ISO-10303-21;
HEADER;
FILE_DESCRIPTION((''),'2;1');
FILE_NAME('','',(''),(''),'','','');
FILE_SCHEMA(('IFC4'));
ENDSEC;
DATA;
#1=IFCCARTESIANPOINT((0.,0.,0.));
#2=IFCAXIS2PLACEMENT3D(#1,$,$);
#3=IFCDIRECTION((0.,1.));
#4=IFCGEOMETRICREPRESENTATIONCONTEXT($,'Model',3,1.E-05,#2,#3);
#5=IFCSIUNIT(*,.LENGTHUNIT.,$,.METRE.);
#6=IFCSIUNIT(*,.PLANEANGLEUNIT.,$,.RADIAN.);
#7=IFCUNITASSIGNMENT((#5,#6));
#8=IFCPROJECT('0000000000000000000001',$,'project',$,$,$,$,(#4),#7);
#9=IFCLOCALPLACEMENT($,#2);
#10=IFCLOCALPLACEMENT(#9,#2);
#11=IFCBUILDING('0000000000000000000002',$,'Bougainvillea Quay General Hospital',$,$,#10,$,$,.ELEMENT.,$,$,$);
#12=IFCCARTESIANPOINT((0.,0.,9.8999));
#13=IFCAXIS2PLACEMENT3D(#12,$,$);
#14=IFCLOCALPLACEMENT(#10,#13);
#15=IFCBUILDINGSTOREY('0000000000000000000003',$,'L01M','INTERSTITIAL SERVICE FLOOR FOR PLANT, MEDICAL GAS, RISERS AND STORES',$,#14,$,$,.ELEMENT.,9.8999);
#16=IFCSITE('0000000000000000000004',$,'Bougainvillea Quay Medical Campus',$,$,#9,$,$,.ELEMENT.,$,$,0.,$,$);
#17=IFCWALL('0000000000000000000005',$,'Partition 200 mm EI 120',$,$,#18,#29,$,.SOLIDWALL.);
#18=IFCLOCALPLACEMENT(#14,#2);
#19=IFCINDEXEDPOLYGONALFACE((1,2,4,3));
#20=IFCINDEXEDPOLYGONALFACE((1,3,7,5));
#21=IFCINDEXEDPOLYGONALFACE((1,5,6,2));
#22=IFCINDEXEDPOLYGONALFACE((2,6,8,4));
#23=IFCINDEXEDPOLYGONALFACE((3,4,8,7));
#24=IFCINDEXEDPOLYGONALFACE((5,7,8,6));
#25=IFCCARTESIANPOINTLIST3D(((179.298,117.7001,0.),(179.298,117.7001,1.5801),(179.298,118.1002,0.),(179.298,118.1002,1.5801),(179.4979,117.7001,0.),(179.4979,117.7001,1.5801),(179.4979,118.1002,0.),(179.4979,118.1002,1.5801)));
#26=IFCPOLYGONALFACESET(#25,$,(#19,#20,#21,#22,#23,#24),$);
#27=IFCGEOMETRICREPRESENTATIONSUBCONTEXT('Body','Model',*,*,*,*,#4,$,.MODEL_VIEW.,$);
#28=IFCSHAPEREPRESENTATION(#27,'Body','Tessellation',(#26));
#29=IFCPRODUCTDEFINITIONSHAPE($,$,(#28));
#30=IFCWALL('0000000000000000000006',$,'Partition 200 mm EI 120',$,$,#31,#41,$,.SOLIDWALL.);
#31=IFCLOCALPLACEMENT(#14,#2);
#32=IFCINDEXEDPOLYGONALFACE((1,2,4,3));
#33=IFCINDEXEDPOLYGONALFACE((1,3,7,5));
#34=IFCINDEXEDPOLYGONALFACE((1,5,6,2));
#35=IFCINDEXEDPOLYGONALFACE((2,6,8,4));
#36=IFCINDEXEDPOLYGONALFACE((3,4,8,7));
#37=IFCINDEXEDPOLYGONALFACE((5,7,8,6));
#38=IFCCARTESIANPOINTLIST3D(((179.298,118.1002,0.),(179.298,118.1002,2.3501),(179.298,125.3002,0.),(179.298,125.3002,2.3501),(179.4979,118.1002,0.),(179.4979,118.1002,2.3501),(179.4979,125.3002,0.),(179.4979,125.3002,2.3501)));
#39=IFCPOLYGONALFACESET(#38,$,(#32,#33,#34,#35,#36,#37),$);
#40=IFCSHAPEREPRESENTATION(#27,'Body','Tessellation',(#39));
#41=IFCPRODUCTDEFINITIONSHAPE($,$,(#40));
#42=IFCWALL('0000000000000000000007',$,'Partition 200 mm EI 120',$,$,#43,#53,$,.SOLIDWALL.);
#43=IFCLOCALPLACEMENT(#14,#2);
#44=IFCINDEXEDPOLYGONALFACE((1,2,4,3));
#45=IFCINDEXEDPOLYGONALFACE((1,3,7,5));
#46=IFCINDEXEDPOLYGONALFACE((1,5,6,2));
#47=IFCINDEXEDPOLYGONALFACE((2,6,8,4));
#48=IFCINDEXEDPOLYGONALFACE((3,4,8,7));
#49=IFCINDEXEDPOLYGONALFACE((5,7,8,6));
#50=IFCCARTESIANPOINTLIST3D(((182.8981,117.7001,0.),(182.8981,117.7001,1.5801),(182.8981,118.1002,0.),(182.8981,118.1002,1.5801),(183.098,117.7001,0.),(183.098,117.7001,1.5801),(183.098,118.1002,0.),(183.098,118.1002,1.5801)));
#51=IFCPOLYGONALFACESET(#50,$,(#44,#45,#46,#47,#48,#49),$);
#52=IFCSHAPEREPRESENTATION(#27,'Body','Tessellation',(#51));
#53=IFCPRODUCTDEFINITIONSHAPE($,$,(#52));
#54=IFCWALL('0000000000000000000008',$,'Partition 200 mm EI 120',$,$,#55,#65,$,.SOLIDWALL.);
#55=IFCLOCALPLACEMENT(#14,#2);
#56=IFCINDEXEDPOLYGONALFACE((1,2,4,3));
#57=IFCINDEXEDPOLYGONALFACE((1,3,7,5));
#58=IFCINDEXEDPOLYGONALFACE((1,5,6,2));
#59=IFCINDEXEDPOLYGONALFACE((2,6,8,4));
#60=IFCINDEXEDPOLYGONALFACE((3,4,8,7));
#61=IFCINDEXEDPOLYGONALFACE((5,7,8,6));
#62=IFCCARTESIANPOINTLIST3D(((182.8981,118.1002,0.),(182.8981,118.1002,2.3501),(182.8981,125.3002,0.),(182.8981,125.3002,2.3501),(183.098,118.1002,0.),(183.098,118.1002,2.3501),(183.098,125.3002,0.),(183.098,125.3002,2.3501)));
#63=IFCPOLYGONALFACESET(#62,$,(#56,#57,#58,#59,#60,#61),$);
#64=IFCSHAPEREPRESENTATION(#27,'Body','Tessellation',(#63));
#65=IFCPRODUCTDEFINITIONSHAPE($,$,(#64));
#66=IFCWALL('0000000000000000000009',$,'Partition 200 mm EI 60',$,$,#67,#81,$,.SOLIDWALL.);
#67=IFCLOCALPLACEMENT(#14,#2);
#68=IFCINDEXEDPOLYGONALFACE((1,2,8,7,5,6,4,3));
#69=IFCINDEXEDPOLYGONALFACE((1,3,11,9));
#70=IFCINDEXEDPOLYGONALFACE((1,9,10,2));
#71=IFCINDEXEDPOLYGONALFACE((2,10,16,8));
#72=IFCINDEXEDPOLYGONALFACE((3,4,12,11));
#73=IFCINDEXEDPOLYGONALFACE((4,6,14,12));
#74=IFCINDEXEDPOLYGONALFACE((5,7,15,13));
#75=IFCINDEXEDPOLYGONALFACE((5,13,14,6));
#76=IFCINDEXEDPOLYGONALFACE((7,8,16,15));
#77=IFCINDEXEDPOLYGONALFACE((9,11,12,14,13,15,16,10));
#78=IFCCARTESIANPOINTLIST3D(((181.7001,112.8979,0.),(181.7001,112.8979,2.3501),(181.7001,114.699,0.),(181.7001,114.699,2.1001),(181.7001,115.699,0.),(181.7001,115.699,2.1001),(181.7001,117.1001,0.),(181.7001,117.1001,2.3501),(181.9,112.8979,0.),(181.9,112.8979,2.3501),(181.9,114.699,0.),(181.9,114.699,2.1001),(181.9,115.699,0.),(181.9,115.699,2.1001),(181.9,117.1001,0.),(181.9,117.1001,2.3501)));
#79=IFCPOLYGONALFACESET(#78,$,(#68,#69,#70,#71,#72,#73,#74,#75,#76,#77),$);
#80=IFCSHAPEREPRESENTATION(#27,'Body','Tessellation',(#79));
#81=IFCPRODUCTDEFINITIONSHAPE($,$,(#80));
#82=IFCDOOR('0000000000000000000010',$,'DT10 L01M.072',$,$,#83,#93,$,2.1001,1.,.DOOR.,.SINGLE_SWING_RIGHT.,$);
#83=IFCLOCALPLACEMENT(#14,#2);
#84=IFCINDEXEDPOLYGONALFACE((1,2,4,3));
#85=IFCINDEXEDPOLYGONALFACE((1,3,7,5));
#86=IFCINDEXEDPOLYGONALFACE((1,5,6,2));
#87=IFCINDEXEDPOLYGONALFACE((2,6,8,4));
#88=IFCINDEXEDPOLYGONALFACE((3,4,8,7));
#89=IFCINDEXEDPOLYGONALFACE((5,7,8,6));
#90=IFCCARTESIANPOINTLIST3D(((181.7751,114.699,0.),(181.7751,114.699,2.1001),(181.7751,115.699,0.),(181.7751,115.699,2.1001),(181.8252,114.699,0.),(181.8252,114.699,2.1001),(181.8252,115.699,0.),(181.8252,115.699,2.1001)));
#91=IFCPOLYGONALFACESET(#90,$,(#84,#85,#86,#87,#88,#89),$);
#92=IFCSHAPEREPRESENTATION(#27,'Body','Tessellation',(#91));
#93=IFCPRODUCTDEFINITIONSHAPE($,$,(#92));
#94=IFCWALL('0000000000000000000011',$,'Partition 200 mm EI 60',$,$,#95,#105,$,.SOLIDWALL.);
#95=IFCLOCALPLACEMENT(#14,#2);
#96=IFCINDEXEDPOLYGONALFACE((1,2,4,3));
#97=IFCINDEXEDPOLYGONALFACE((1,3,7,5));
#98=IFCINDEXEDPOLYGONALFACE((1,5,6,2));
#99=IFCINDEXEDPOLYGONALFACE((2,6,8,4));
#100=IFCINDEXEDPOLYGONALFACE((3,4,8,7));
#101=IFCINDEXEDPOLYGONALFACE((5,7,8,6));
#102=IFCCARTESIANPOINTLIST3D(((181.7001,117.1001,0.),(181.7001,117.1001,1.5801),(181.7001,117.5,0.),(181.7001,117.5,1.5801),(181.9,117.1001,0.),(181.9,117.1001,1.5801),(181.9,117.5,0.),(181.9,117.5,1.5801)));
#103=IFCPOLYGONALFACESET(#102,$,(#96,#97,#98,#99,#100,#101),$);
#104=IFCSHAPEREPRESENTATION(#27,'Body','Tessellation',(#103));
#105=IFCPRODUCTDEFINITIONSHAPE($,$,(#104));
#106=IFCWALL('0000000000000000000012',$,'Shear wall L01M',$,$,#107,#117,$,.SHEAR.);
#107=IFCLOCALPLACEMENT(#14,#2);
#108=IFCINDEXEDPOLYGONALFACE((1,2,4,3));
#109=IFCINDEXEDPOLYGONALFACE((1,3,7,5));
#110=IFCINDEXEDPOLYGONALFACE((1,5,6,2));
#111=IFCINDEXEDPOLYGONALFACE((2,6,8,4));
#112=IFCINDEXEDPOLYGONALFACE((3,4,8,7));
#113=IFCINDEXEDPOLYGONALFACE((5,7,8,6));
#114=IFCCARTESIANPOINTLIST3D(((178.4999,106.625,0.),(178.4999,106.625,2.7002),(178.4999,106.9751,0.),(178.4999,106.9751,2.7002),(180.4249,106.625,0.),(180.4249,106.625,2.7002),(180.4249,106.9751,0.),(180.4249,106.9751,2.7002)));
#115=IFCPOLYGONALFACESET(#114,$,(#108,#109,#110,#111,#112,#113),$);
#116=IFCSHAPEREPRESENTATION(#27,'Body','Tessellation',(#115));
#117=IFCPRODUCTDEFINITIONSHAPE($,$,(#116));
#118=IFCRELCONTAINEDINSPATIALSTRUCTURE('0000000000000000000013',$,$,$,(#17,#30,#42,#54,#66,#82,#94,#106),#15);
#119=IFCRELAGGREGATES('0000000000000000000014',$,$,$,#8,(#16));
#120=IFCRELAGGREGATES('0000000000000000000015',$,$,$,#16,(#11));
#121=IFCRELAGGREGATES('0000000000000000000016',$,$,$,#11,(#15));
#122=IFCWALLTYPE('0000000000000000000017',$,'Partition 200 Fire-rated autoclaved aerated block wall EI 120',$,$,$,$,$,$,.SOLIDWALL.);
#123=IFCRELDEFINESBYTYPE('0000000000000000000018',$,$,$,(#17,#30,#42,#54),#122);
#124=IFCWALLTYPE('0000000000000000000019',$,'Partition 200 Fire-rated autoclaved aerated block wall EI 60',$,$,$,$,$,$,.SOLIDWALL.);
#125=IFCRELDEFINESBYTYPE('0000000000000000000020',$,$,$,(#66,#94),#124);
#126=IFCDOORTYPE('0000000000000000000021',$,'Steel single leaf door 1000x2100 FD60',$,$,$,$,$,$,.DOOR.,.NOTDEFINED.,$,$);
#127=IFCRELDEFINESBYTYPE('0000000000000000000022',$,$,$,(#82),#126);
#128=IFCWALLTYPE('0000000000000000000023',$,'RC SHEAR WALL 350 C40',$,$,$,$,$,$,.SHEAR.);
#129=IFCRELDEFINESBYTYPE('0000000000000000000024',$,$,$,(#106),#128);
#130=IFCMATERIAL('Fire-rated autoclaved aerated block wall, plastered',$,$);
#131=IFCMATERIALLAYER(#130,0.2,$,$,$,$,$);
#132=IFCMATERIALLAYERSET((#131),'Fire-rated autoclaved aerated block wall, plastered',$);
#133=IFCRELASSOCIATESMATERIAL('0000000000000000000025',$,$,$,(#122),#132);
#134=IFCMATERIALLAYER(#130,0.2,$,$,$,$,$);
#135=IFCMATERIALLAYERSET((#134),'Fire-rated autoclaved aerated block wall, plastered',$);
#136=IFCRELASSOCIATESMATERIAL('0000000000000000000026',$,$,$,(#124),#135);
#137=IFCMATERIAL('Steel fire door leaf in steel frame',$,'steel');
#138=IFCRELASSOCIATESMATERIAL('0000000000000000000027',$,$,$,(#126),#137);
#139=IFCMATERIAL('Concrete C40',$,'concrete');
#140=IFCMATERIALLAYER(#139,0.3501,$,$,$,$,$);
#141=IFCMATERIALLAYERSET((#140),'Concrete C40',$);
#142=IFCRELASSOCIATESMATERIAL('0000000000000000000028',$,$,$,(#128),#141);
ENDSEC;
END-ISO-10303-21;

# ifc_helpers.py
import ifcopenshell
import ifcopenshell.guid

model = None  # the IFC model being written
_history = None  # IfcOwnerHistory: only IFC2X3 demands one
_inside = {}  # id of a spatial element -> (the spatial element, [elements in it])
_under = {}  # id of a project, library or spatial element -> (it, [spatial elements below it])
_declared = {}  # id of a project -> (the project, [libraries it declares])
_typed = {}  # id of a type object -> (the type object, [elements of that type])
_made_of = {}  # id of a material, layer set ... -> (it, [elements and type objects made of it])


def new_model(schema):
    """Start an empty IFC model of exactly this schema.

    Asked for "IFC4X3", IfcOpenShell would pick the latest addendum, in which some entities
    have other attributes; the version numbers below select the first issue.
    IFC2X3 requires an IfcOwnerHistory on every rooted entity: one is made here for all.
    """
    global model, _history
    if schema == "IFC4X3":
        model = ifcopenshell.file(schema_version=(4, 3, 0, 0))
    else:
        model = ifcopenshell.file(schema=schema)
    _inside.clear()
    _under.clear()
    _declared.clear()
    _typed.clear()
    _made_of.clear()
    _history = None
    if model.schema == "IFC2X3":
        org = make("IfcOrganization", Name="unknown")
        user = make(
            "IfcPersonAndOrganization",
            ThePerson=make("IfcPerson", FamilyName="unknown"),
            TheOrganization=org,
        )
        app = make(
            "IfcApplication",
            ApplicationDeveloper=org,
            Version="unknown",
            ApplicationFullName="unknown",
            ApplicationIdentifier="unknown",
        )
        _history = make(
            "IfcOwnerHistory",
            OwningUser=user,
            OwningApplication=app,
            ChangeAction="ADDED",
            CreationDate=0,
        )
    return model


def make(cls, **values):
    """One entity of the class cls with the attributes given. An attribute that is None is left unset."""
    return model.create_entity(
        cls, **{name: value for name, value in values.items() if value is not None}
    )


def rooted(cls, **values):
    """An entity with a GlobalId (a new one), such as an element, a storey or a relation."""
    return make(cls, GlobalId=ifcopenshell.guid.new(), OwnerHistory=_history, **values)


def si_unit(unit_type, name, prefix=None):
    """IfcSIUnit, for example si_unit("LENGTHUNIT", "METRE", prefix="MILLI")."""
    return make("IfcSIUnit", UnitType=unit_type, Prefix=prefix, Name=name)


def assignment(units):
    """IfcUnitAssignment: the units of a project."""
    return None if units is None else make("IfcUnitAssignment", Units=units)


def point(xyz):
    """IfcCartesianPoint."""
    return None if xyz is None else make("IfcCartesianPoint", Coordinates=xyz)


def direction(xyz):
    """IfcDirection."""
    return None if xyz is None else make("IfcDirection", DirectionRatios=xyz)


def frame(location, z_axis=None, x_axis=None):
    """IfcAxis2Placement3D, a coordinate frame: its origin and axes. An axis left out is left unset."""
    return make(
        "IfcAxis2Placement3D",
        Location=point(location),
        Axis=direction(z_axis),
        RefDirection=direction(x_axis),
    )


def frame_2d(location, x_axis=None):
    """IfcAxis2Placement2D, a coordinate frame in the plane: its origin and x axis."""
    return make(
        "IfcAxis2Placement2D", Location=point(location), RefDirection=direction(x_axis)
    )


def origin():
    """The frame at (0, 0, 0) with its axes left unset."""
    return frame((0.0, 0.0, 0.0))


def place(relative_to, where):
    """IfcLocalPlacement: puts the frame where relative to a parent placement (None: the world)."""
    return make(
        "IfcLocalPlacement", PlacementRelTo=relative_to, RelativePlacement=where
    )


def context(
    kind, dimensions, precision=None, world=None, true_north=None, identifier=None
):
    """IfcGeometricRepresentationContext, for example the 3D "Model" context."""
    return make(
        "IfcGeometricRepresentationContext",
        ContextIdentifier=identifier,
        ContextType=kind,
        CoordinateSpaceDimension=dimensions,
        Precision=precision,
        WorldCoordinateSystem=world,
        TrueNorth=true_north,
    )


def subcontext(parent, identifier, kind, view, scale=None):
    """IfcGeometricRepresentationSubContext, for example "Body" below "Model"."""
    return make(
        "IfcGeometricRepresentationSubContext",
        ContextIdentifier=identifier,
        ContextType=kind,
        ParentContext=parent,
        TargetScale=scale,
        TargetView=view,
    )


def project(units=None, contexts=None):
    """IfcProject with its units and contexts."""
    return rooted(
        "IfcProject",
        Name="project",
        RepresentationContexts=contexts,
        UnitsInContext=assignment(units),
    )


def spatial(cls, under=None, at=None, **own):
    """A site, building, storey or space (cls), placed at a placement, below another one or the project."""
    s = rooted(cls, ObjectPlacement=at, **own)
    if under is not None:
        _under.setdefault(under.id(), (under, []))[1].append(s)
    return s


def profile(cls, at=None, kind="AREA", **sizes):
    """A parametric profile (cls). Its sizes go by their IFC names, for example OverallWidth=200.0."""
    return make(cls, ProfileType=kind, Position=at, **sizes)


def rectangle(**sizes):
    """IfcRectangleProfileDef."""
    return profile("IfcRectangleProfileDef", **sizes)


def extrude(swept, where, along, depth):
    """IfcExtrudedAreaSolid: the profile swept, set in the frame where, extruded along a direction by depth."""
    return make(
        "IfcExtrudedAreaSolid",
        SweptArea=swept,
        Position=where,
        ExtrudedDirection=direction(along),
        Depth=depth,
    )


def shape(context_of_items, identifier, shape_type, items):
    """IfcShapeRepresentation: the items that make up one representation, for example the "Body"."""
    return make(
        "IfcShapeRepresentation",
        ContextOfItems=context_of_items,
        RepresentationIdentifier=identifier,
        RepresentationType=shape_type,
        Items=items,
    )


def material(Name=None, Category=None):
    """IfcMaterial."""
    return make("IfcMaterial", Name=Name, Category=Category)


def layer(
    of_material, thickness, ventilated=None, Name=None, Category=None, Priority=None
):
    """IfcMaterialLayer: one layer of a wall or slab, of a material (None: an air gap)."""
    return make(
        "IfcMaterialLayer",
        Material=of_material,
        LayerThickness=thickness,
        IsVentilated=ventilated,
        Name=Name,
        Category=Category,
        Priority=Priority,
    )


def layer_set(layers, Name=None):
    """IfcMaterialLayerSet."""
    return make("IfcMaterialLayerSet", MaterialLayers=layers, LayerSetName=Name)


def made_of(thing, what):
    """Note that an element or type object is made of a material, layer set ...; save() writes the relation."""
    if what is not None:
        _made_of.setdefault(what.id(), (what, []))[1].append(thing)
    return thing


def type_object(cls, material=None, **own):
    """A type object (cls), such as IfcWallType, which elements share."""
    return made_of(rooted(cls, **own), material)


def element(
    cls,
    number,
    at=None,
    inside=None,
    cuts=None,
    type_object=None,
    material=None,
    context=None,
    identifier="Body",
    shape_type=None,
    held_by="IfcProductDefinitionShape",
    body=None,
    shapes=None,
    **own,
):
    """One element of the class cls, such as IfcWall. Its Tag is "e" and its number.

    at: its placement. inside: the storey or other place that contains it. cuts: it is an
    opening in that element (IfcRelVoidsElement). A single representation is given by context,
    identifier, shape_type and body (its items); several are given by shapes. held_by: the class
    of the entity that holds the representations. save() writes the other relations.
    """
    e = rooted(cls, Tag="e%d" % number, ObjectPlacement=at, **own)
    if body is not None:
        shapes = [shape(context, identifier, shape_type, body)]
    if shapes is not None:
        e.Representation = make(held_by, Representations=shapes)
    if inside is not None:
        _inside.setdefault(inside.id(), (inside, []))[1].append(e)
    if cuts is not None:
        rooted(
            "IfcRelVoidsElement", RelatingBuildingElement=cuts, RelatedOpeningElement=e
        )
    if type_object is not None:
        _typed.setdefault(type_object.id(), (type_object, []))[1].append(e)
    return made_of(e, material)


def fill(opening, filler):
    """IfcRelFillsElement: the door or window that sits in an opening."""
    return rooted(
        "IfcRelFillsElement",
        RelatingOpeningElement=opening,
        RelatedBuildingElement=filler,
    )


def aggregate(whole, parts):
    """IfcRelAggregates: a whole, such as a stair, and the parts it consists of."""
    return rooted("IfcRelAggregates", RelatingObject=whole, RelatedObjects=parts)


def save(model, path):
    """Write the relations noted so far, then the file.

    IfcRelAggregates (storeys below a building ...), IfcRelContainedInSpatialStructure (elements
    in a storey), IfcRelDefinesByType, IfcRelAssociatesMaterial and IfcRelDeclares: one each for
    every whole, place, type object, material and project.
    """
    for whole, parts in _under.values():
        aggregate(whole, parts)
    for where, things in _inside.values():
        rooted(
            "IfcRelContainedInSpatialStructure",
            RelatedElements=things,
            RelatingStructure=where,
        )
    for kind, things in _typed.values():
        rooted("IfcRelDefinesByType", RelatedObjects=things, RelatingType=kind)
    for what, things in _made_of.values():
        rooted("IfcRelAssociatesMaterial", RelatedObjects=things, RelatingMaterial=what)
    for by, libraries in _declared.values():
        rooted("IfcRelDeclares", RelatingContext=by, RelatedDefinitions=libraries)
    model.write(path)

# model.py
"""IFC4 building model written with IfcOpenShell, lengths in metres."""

from ifc_helpers import new_model, si_unit, direction, frame, frame_2d, origin, place, context, subcontext, project, spatial, rectangle, extrude, material, layer, layer_set, type_object, element, fill, save


model = new_model("IFC4")

# Units and contexts
model_context = context("Model", 3, precision=1e-05, world=origin(), true_north=direction((0.0, 1.0)))
body_context = subcontext(model_context, "Body", "Model", "MODEL_VIEW")
ifc_project = project(units=[si_unit("LENGTHUNIT", "METRE"), si_unit("PLANEANGLEUNIT", "RADIAN")], contexts=[model_context])

# Site, building, storey
site_placement = place(None, origin())
site = spatial("IfcSite", under=ifc_project, at=site_placement, Name="Bougainvillea Quay Medical Campus", CompositionType="ELEMENT", RefElevation=0.0)
building_placement = place(site_placement, origin())
building = spatial("IfcBuilding", under=site, at=building_placement, Name="Bougainvillea Quay General Hospital", CompositionType="ELEMENT")
storey_placement = place(building_placement, frame((0.0, 0.0, 9.8999)))
storey = spatial("IfcBuildingStorey", under=building, at=storey_placement, Name="L01M", Description="INTERSTITIAL SERVICE FLOOR FOR PLANT, MEDICAL GAS, RISERS AND STORES", CompositionType="ELEMENT", Elevation=9.8999)

# Shared definitions
ifc_material_1 = material(Name="Concrete C40", Category="concrete")

# Shared definitions
ifc_material_2 = material(Name="Fire-rated autoclaved aerated block wall, plastered")
ifc_layer_1 = layer(ifc_material_2, 0.2)
ifc_layer_set_1 = layer_set([ifc_layer_1], Name="Fire-rated autoclaved aerated block wall, plastered")
wall_type_1 = type_object("IfcWallType", Name="Partition 200 Fire-rated autoclaved aerated block wall EI 120", PredefinedType="SOLIDWALL", material=ifc_layer_set_1)

# Shared definitions
ifc_material_3 = material(Name="Steel fire door leaf in steel frame", Category="steel")

# Walls
wall_1_placement = place(storey_placement, frame((179.3979, 117.7, 0.0), z_axis=(0.0, 0.0, 1.0), x_axis=(0.0, 1.0, 0.0)))
element("IfcWall", 1, at=wall_1_placement, inside=storey, type_object=wall_type_1, Name="Partition 200 mm EI 120", PredefinedType="SOLIDWALL", context=body_context, shape_type="SweptSolid", body=[
    extrude(rectangle(XDim=0.4001, YDim=0.2, at=frame_2d((0.2002, 0.0))), origin(), (0.0, 0.0, 1.0), 1.5801),
])
wall_2_placement = place(storey_placement, frame((179.3979, 118.1001, 0.0), z_axis=(0.0, 0.0, 1.0), x_axis=(0.0, 1.0, 0.0)))
element("IfcWall", 2, at=wall_2_placement, inside=storey, type_object=wall_type_1, Name="Partition 200 mm EI 120", PredefinedType="SOLIDWALL", context=body_context, shape_type="SweptSolid", body=[
    extrude(rectangle(XDim=7.2, YDim=0.2, at=frame_2d((3.6001, 0.0))), origin(), (0.0, 0.0, 1.0), 2.3501),
])
wall_3_placement = place(storey_placement, frame((182.998, 117.7, 0.0), z_axis=(0.0, 0.0, 1.0), x_axis=(0.0, 1.0, 0.0)))
element("IfcWall", 3, at=wall_3_placement, inside=storey, type_object=wall_type_1, Name="Partition 200 mm EI 120", PredefinedType="SOLIDWALL", context=body_context, shape_type="SweptSolid", body=[
    extrude(rectangle(XDim=0.4001, YDim=0.2, at=frame_2d((0.2002, 0.0))), origin(), (0.0, 0.0, 1.0), 1.5801),
])
wall_4_placement = place(storey_placement, frame((182.998, 118.1001, 0.0), z_axis=(0.0, 0.0, 1.0), x_axis=(0.0, 1.0, 0.0)))
element("IfcWall", 4, at=wall_4_placement, inside=storey, type_object=wall_type_1, Name="Partition 200 mm EI 120", PredefinedType="SOLIDWALL", context=body_context, shape_type="SweptSolid", body=[
    extrude(rectangle(XDim=7.2, YDim=0.2, at=frame_2d((3.6001, 0.0))), origin(), (0.0, 0.0, 1.0), 2.3501),
])

# Wall, opening, door
ifc_layer_2 = layer(ifc_material_2, 0.2)
ifc_layer_set_2 = layer_set([ifc_layer_2], Name="Fire-rated autoclaved aerated block wall, plastered")
wall_type_2 = type_object("IfcWallType", Name="Partition 200 Fire-rated autoclaved aerated block wall EI 60", PredefinedType="SOLIDWALL", material=ifc_layer_set_2)
wall_5_placement = place(storey_placement, frame((181.8, 112.8979, 0.0), z_axis=(0.0, 0.0, 1.0), x_axis=(0.0, 1.0, 0.0)))
wall_5 = element("IfcWall", 5, at=wall_5_placement, inside=storey, type_object=wall_type_2, Name="Partition 200 mm EI 60", PredefinedType="SOLIDWALL", context=body_context, shape_type="SweptSolid", body=[
    extrude(rectangle(XDim=4.2021, YDim=0.2, at=frame_2d((2.1011, 0.0))), origin(), (0.0, 0.0, 1.0), 2.3501),
])
opening_1_placement = place(wall_5_placement, frame((1.801, 0.0, 0.0)))
opening_1 = element("IfcOpeningElement", 6, at=opening_1_placement, cuts=wall_5, PredefinedType="OPENING", context=body_context, shape_type="SweptSolid", body=[
    extrude(rectangle(XDim=1.0, YDim=2.1001, at=frame_2d((0.5, 1.05))), frame((0.0, 0.1099, 0.0), z_axis=(0.0, -1.0, 0.0), x_axis=(1.0, 0.0, 0.0)), (0.0, 0.0, 1.0), 0.22),
])
door_type_1 = type_object("IfcDoorType", Name="Steel single leaf door 1000x2100 FD60", OperationType="NOTDEFINED", PredefinedType="DOOR", material=ifc_material_3)
door_1_placement = place(opening_1_placement, origin())
door_1 = element("IfcDoor", 7, at=door_1_placement, inside=storey, type_object=door_type_1, Name="DT10 L01M.072", OperationType="SINGLE_SWING_RIGHT", OverallHeight=2.1001, OverallWidth=1.0, PredefinedType="DOOR", context=body_context, shape_type="SweptSolid", body=[
    extrude(rectangle(XDim=1.0, YDim=2.1001, at=frame_2d((0.5, 1.05))), frame((0.0, 0.0249, 0.0), z_axis=(0.0, -1.0, 0.0), x_axis=(1.0, 0.0, 0.0)), (0.0, 0.0, 1.0), 0.05),
])
fill(opening_1, door_1)

# Walls
wall_6_placement = place(storey_placement, frame((181.8, 117.1001, 0.0), z_axis=(0.0, 0.0, 1.0), x_axis=(0.0, 1.0, 0.0)))
element("IfcWall", 8, at=wall_6_placement, inside=storey, type_object=wall_type_2, Name="Partition 200 mm EI 60", PredefinedType="SOLIDWALL", context=body_context, shape_type="SweptSolid", body=[
    extrude(rectangle(XDim=0.3999, YDim=0.2, at=frame_2d((0.2, 0.0))), origin(), (0.0, 0.0, 1.0), 1.5801),
])
ifc_layer_3 = layer(ifc_material_1, 0.3501)
ifc_layer_set_3 = layer_set([ifc_layer_3], Name="Concrete C40")
wall_type_3 = type_object("IfcWallType", Name="RC SHEAR WALL 350 C40", PredefinedType="SHEAR", material=ifc_layer_set_3)
wall_7_placement = place(storey_placement, frame((178.5, 106.8, 0.0), z_axis=(0.0, 0.0, 1.0), x_axis=(1.0, 0.0, 0.0)))
element("IfcWall", 9, at=wall_7_placement, inside=storey, type_object=wall_type_3, Name="Shear wall L01M", PredefinedType="SHEAR", context=body_context, shape_type="SweptSolid", body=[
    extrude(rectangle(XDim=1.925, YDim=0.3501, at=frame_2d((0.9624, 0.0))), origin(), (0.0, 0.0, 1.0), 2.7002),
])

save(model, "model.ifc")
